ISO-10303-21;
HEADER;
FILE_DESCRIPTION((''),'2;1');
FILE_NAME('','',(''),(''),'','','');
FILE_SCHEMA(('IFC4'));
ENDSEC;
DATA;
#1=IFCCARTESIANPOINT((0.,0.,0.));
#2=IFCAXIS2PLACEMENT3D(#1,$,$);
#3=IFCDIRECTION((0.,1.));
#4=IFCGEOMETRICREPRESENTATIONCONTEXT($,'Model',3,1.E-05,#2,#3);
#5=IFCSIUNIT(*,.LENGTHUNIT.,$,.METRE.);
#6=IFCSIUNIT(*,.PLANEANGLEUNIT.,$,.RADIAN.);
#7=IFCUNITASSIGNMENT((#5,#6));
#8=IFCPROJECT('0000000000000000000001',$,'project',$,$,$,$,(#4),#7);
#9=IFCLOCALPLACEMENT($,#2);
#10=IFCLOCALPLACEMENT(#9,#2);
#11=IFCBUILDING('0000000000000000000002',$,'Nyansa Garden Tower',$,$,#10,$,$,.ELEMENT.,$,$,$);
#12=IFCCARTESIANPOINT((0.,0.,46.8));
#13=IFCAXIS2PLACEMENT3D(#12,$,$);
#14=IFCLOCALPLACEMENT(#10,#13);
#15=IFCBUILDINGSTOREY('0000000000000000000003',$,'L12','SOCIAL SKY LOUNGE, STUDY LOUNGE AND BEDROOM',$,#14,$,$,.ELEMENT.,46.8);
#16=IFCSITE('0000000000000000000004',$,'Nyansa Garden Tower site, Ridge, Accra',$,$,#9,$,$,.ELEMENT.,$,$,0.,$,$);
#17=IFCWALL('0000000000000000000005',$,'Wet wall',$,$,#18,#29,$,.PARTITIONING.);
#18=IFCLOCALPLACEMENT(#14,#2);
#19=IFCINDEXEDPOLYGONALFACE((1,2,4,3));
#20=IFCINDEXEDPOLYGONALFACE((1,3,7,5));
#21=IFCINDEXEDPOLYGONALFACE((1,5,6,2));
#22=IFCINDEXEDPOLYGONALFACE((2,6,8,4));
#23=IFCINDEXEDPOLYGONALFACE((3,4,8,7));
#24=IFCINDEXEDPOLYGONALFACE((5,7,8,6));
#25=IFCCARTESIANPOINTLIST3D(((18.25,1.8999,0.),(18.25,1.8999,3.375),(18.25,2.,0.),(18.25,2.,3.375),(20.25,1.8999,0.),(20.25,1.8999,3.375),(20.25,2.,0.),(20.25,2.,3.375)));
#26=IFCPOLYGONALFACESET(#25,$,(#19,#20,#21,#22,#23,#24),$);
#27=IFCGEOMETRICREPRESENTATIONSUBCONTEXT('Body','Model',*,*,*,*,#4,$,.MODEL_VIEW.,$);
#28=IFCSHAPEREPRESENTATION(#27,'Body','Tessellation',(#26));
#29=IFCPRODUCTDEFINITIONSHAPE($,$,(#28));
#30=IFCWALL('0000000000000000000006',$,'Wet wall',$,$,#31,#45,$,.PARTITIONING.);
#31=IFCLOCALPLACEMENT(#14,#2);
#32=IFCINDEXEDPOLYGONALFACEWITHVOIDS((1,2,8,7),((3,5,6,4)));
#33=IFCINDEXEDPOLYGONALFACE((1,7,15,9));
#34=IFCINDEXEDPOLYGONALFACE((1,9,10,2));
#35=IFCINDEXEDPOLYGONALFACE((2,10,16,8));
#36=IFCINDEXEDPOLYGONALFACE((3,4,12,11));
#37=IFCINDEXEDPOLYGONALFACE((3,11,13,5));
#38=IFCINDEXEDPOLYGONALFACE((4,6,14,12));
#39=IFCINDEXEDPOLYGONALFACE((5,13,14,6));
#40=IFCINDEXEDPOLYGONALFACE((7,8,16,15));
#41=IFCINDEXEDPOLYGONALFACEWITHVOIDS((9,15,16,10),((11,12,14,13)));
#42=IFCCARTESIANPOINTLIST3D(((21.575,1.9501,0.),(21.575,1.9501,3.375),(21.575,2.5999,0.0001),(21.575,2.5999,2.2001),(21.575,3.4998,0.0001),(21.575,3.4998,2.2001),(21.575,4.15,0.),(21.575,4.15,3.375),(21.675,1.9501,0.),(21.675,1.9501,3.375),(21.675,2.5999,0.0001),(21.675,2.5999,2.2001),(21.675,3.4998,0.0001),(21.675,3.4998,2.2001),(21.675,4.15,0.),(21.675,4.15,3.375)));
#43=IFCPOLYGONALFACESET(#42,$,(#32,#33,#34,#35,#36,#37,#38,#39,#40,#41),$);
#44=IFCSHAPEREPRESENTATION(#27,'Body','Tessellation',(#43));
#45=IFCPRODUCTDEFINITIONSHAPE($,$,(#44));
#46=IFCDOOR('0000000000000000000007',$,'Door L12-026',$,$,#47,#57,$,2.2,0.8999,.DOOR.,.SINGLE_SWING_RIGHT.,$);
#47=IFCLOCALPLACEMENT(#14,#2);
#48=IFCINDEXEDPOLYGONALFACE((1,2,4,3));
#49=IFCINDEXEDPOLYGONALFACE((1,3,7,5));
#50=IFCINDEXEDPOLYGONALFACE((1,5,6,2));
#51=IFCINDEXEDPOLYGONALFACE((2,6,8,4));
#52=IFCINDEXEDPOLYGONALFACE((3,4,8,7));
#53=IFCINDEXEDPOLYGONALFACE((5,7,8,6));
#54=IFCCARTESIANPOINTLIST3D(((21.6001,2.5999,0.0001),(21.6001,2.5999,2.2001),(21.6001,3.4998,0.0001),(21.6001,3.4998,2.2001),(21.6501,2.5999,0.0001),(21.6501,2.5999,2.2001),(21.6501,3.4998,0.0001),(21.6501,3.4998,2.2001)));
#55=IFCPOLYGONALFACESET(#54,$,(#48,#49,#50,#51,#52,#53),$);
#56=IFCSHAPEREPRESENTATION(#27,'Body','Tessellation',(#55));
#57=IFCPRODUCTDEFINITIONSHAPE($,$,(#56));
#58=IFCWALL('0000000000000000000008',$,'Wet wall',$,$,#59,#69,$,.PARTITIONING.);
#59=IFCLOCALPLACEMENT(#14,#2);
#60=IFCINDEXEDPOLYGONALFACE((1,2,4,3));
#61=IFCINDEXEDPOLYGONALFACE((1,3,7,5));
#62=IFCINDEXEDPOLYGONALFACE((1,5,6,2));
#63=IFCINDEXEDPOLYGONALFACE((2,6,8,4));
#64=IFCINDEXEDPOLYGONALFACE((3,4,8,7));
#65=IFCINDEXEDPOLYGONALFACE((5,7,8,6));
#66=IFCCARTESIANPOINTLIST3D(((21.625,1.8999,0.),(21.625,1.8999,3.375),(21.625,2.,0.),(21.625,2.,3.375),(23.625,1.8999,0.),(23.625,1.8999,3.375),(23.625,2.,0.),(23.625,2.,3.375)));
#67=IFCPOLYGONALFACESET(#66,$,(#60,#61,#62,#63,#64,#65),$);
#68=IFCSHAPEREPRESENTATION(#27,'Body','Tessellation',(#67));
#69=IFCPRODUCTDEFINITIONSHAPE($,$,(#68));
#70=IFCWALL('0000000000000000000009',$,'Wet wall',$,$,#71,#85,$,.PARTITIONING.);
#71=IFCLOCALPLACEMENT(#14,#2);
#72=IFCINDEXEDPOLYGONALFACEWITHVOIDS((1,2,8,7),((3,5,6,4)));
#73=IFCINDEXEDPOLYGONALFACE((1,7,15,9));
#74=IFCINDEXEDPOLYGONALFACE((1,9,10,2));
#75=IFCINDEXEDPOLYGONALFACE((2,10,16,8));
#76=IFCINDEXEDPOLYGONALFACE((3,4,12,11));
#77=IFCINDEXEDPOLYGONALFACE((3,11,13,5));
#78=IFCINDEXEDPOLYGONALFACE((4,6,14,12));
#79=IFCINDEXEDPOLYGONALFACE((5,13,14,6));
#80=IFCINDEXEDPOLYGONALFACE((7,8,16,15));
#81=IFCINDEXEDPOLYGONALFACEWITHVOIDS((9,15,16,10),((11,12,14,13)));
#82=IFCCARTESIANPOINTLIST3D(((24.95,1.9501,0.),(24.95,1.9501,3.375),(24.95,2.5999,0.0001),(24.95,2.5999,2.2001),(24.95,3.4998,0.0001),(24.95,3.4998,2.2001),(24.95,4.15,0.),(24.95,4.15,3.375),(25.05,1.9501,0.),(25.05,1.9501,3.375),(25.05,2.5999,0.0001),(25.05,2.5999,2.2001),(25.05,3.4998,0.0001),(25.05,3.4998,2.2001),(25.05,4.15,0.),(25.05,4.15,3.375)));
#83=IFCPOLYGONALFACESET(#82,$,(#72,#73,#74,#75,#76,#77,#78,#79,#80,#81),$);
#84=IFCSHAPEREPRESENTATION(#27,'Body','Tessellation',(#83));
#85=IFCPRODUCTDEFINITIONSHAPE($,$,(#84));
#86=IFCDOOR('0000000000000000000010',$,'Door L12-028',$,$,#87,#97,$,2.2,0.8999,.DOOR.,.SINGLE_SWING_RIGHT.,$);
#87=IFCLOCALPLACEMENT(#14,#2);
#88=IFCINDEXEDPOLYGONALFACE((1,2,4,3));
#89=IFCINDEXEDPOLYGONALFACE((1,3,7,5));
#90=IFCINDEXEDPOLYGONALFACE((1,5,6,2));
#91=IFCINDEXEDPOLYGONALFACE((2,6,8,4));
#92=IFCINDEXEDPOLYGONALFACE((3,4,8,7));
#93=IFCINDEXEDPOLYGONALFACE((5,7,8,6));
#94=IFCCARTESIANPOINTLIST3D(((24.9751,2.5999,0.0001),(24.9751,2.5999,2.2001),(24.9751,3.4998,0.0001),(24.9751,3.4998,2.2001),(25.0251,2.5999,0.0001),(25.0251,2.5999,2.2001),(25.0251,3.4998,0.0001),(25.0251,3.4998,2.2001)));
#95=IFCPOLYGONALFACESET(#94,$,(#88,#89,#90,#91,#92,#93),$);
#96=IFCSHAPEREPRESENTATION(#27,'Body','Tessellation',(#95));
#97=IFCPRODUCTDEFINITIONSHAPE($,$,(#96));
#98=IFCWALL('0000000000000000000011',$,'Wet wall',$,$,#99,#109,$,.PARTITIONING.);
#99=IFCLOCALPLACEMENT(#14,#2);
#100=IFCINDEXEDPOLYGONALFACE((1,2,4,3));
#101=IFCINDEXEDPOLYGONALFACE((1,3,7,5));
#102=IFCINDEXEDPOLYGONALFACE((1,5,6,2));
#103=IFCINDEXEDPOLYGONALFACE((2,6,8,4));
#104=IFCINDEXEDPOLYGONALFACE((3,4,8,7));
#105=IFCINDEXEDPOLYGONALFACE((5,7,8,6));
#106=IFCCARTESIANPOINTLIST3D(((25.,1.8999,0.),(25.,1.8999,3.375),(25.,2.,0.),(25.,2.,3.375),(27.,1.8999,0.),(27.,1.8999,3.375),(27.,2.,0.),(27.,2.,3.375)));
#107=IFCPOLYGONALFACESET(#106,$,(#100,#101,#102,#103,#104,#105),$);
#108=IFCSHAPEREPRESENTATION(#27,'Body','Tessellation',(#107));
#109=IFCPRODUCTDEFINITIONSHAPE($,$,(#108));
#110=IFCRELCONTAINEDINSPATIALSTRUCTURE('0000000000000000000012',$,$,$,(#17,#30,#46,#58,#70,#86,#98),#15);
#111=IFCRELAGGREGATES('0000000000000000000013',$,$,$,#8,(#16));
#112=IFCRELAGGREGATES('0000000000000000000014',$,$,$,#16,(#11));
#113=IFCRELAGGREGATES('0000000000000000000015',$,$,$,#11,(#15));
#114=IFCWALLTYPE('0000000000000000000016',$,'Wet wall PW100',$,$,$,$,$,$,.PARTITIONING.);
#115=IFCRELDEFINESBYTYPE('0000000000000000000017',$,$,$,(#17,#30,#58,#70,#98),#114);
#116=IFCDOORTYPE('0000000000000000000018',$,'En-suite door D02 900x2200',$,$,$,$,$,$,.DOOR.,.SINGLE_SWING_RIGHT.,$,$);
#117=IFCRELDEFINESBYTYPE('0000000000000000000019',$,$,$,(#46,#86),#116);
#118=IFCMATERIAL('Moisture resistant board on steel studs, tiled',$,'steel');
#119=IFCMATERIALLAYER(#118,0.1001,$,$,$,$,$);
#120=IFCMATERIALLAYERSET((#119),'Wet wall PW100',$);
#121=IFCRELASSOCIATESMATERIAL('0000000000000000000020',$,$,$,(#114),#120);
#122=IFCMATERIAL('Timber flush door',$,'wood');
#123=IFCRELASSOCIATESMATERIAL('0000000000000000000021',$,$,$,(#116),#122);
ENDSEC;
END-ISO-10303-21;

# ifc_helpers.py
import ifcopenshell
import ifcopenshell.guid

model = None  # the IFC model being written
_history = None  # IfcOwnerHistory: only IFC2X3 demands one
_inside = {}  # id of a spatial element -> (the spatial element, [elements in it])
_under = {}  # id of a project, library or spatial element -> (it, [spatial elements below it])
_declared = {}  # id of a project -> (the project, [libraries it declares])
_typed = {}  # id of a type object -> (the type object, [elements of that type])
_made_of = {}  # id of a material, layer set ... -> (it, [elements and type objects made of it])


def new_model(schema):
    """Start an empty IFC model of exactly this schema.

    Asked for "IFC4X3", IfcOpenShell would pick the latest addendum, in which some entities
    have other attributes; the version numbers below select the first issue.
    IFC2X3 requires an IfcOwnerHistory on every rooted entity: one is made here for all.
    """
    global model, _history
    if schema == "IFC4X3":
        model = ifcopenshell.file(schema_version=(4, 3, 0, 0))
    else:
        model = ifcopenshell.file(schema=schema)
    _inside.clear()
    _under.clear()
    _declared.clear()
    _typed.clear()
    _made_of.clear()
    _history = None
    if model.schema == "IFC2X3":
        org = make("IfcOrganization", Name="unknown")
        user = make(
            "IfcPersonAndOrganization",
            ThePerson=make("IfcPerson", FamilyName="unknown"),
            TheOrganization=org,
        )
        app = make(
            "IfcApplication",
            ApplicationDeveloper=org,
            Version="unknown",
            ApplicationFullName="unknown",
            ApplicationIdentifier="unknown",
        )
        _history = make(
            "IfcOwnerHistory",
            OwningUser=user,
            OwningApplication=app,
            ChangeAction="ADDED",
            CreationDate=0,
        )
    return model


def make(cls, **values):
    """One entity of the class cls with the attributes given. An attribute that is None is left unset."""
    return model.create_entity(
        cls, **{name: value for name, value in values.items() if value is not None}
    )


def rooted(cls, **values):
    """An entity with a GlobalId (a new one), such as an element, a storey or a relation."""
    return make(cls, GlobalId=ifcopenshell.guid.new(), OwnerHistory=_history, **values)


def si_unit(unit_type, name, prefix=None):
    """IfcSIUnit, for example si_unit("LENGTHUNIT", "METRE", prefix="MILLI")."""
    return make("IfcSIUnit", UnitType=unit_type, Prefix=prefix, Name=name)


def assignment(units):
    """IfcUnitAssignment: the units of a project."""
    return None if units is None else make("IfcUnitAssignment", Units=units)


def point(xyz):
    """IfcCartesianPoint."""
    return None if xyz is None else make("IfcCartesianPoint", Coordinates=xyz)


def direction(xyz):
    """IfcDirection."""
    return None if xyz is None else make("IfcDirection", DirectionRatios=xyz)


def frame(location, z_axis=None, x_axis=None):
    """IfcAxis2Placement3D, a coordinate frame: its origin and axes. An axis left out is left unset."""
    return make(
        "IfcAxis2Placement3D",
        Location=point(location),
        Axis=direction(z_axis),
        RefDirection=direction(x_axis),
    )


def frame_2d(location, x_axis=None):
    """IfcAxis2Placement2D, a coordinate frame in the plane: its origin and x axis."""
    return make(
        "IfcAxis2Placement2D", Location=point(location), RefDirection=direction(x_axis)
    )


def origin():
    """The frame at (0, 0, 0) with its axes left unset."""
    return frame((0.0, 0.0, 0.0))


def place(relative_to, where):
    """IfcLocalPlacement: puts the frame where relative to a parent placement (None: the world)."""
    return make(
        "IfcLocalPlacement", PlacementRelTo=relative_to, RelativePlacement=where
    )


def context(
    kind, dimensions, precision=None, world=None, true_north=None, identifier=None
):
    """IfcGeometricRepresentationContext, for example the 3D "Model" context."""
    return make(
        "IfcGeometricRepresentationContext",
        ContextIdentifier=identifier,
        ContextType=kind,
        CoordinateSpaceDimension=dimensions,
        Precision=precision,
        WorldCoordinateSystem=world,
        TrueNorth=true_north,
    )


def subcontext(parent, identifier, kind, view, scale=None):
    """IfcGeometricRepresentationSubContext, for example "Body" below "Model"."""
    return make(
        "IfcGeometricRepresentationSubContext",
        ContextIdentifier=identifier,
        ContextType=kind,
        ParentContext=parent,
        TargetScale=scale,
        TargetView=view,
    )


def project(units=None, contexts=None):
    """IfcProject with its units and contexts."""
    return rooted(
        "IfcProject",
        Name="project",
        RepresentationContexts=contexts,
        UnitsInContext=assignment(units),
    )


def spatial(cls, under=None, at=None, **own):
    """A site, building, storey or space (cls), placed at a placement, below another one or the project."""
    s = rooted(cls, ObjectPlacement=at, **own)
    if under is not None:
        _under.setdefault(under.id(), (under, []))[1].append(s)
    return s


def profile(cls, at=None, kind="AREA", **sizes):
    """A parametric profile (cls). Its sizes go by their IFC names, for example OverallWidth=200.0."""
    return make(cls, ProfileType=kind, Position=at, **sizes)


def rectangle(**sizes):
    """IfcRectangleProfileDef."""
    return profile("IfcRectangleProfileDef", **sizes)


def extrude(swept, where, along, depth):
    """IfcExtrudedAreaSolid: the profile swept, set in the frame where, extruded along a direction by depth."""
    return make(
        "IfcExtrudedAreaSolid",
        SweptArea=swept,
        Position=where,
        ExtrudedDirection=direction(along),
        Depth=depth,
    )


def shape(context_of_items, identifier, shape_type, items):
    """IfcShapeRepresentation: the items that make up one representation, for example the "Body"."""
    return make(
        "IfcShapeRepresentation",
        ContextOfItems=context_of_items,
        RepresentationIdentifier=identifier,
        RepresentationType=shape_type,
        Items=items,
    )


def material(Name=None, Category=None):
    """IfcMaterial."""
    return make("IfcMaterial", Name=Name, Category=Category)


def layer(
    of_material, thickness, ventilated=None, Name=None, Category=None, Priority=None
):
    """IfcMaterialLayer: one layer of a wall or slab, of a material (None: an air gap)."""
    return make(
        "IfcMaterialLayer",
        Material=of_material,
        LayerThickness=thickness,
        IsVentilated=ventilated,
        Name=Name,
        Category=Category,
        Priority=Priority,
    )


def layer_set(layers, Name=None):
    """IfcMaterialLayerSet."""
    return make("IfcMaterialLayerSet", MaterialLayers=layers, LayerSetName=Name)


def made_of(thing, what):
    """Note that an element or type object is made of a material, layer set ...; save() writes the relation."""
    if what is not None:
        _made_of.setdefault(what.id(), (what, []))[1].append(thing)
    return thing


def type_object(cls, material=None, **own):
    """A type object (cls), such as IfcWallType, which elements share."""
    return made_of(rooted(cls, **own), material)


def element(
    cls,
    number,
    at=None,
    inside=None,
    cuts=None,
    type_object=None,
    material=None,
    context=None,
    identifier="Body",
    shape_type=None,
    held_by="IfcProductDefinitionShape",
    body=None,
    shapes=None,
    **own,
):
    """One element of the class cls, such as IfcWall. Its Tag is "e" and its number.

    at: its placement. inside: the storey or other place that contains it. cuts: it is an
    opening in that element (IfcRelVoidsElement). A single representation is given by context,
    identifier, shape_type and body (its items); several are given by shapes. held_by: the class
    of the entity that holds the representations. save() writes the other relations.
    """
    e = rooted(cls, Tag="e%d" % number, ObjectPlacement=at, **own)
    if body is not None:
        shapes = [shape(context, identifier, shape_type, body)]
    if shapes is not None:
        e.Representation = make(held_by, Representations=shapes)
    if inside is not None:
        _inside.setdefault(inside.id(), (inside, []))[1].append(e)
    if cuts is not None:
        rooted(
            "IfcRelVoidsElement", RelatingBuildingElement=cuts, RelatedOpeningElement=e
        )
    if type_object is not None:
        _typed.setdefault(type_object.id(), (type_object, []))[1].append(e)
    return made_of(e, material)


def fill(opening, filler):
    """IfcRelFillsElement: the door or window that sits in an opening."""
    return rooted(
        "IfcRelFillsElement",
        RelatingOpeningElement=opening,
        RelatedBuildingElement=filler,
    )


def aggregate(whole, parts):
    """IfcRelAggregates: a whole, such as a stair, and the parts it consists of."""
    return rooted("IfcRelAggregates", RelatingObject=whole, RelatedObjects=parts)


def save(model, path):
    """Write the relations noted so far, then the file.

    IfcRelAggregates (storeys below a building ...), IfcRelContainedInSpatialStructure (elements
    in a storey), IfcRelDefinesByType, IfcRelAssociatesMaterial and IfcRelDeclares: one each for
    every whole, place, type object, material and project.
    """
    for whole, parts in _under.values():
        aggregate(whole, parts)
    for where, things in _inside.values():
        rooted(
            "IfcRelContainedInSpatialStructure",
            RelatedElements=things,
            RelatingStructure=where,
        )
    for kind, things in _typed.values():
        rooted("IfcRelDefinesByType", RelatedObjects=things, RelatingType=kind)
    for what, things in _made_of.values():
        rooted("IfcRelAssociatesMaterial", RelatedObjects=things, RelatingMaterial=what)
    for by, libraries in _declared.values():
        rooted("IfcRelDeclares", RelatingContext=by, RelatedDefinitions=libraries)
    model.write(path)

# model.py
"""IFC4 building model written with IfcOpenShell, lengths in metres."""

from ifc_helpers import new_model, si_unit, direction, frame, frame_2d, origin, place, context, subcontext, project, spatial, rectangle, extrude, material, layer, layer_set, type_object, element, fill, save


model = new_model("IFC4")

# Units and contexts
model_context = context("Model", 3, precision=1e-05, world=origin(), true_north=direction((0.0, 1.0)))
body_context = subcontext(model_context, "Body", "Model", "MODEL_VIEW")
ifc_project = project(units=[si_unit("LENGTHUNIT", "METRE"), si_unit("PLANEANGLEUNIT", "RADIAN")], contexts=[model_context])

# Site, building, storey
site_placement = place(None, origin())
site = spatial("IfcSite", under=ifc_project, at=site_placement, Name="Nyansa Garden Tower site, Ridge, Accra", CompositionType="ELEMENT", RefElevation=0.0)
building_placement = place(site_placement, origin())
building = spatial("IfcBuilding", under=site, at=building_placement, Name="Nyansa Garden Tower", CompositionType="ELEMENT")
storey_placement = place(building_placement, frame((0.0, 0.0, 46.8)))
storey = spatial("IfcBuildingStorey", under=building, at=storey_placement, Name="L12", Description="SOCIAL SKY LOUNGE, STUDY LOUNGE AND BEDROOM", CompositionType="ELEMENT", Elevation=46.8)

# Shared definitions
ifc_material_1 = material(Name="Moisture resistant board on steel studs, tiled", Category="steel")
ifc_layer_1 = layer(ifc_material_1, 0.1001)
ifc_layer_set_1 = layer_set([ifc_layer_1], Name="Wet wall PW100")
wall_type_1 = type_object("IfcWallType", Name="Wet wall PW100", PredefinedType="PARTITIONING", material=ifc_layer_set_1)
ifc_material_2 = material(Name="Timber flush door", Category="wood")
door_type = type_object("IfcDoorType", Name="En-suite door D02 900x2200", OperationType="SINGLE_SWING_RIGHT", PredefinedType="DOOR", material=ifc_material_2)

# Wall
wall_1_placement = place(storey_placement, frame((18.25, 1.95, 0.0), z_axis=(0.0, 0.0, 1.0), x_axis=(1.0, 0.0, 0.0)))
element("IfcWall", 1, at=wall_1_placement, inside=storey, type_object=wall_type_1, Name="Wet wall", PredefinedType="PARTITIONING", context=body_context, shape_type="SweptSolid", body=[
    extrude(rectangle(XDim=2.0, YDim=0.1001, at=frame_2d((1.0, 0.0))), origin(), (0.0, 0.0, 1.0), 3.375),
])

# Wall, opening, door
wall_2_placement = place(storey_placement, frame((21.625, 1.95, 0.0), z_axis=(0.0, 0.0, 1.0), x_axis=(0.0, 1.0, 0.0)))
wall_2 = element("IfcWall", 2, at=wall_2_placement, inside=storey, type_object=wall_type_1, Name="Wet wall", PredefinedType="PARTITIONING", context=body_context, shape_type="SweptSolid", body=[
    extrude(rectangle(XDim=2.2, YDim=0.1001, at=frame_2d((1.1001, 0.0))), origin(), (0.0, 0.0, 1.0), 3.375),
])
opening_1_placement = place(wall_2_placement, frame((0.6499, 0.0, 0.0)))
opening_1 = element("IfcOpeningElement", 3, at=opening_1_placement, cuts=wall_2, PredefinedType="OPENING", context=body_context, shape_type="SweptSolid", body=[
    extrude(rectangle(XDim=0.8999, YDim=2.2, at=frame_2d((0.45, 1.1001))), frame((0.0, 0.0601, 0.0), z_axis=(0.0, -1.0, 0.0), x_axis=(1.0, 0.0, 0.0)), (0.0, 0.0, 1.0), 0.1201),
])
door_1_placement = place(opening_1_placement, origin())
door_1 = element("IfcDoor", 4, at=door_1_placement, inside=storey, type_object=door_type, Name="Door L12-026", OperationType="SINGLE_SWING_RIGHT", OverallHeight=2.2, OverallWidth=0.8999, PredefinedType="DOOR", context=body_context, shape_type="SweptSolid", body=[
    extrude(rectangle(XDim=0.8999, YDim=2.2, at=frame_2d((0.45, 1.1001))), frame((0.0, 0.0249, 0.0), z_axis=(0.0, -1.0, 0.0), x_axis=(1.0, 0.0, 0.0)), (0.0, 0.0, 1.0), 0.05),
])
fill(opening_1, door_1)

# Wall
wall_3_placement = place(storey_placement, frame((21.625, 1.95, 0.0), z_axis=(0.0, 0.0, 1.0), x_axis=(1.0, 0.0, 0.0)))
element("IfcWall", 5, at=wall_3_placement, inside=storey, type_object=wall_type_1, Name="Wet wall", PredefinedType="PARTITIONING", context=body_context, shape_type="SweptSolid", body=[
    extrude(rectangle(XDim=2.0, YDim=0.1001, at=frame_2d((1.0, 0.0))), origin(), (0.0, 0.0, 1.0), 3.375),
])

# Wall, opening, door
wall_4_placement = place(storey_placement, frame((25.0, 1.95, 0.0), z_axis=(0.0, 0.0, 1.0), x_axis=(0.0, 1.0, 0.0)))
wall_4 = element("IfcWall", 6, at=wall_4_placement, inside=storey, type_object=wall_type_1, Name="Wet wall", PredefinedType="PARTITIONING", context=body_context, shape_type="SweptSolid", body=[
    extrude(rectangle(XDim=2.2, YDim=0.1001, at=frame_2d((1.1001, 0.0))), origin(), (0.0, 0.0, 1.0), 3.375),
])
opening_2_placement = place(wall_4_placement, frame((0.6499, 0.0, 0.0)))
opening_2 = element("IfcOpeningElement", 7, at=opening_2_placement, cuts=wall_4, PredefinedType="OPENING", context=body_context, shape_type="SweptSolid", body=[
    extrude(rectangle(XDim=0.8999, YDim=2.2, at=frame_2d((0.45, 1.1001))), frame((0.0, 0.0601, 0.0), z_axis=(0.0, -1.0, 0.0), x_axis=(1.0, 0.0, 0.0)), (0.0, 0.0, 1.0), 0.1201),
])
door_2_placement = place(opening_2_placement, origin())
door_2 = element("IfcDoor", 8, at=door_2_placement, inside=storey, type_object=door_type, Name="Door L12-028", OperationType="SINGLE_SWING_RIGHT", OverallHeight=2.2, OverallWidth=0.8999, PredefinedType="DOOR", context=body_context, shape_type="SweptSolid", body=[
    extrude(rectangle(XDim=0.8999, YDim=2.2, at=frame_2d((0.45, 1.1001))), frame((0.0, 0.0249, 0.0), z_axis=(0.0, -1.0, 0.0), x_axis=(1.0, 0.0, 0.0)), (0.0, 0.0, 1.0), 0.05),
])
fill(opening_2, door_2)

# Wall
wall_5_placement = place(storey_placement, frame((25.0, 1.95, 0.0), z_axis=(0.0, 0.0, 1.0), x_axis=(1.0, 0.0, 0.0)))
element("IfcWall", 9, at=wall_5_placement, inside=storey, type_object=wall_type_1, Name="Wet wall", PredefinedType="PARTITIONING", context=body_context, shape_type="SweptSolid", body=[
    extrude(rectangle(XDim=2.0, YDim=0.1001, at=frame_2d((1.0, 0.0))), origin(), (0.0, 0.0, 1.0), 3.375),
])

save(model, "model.ifc")
